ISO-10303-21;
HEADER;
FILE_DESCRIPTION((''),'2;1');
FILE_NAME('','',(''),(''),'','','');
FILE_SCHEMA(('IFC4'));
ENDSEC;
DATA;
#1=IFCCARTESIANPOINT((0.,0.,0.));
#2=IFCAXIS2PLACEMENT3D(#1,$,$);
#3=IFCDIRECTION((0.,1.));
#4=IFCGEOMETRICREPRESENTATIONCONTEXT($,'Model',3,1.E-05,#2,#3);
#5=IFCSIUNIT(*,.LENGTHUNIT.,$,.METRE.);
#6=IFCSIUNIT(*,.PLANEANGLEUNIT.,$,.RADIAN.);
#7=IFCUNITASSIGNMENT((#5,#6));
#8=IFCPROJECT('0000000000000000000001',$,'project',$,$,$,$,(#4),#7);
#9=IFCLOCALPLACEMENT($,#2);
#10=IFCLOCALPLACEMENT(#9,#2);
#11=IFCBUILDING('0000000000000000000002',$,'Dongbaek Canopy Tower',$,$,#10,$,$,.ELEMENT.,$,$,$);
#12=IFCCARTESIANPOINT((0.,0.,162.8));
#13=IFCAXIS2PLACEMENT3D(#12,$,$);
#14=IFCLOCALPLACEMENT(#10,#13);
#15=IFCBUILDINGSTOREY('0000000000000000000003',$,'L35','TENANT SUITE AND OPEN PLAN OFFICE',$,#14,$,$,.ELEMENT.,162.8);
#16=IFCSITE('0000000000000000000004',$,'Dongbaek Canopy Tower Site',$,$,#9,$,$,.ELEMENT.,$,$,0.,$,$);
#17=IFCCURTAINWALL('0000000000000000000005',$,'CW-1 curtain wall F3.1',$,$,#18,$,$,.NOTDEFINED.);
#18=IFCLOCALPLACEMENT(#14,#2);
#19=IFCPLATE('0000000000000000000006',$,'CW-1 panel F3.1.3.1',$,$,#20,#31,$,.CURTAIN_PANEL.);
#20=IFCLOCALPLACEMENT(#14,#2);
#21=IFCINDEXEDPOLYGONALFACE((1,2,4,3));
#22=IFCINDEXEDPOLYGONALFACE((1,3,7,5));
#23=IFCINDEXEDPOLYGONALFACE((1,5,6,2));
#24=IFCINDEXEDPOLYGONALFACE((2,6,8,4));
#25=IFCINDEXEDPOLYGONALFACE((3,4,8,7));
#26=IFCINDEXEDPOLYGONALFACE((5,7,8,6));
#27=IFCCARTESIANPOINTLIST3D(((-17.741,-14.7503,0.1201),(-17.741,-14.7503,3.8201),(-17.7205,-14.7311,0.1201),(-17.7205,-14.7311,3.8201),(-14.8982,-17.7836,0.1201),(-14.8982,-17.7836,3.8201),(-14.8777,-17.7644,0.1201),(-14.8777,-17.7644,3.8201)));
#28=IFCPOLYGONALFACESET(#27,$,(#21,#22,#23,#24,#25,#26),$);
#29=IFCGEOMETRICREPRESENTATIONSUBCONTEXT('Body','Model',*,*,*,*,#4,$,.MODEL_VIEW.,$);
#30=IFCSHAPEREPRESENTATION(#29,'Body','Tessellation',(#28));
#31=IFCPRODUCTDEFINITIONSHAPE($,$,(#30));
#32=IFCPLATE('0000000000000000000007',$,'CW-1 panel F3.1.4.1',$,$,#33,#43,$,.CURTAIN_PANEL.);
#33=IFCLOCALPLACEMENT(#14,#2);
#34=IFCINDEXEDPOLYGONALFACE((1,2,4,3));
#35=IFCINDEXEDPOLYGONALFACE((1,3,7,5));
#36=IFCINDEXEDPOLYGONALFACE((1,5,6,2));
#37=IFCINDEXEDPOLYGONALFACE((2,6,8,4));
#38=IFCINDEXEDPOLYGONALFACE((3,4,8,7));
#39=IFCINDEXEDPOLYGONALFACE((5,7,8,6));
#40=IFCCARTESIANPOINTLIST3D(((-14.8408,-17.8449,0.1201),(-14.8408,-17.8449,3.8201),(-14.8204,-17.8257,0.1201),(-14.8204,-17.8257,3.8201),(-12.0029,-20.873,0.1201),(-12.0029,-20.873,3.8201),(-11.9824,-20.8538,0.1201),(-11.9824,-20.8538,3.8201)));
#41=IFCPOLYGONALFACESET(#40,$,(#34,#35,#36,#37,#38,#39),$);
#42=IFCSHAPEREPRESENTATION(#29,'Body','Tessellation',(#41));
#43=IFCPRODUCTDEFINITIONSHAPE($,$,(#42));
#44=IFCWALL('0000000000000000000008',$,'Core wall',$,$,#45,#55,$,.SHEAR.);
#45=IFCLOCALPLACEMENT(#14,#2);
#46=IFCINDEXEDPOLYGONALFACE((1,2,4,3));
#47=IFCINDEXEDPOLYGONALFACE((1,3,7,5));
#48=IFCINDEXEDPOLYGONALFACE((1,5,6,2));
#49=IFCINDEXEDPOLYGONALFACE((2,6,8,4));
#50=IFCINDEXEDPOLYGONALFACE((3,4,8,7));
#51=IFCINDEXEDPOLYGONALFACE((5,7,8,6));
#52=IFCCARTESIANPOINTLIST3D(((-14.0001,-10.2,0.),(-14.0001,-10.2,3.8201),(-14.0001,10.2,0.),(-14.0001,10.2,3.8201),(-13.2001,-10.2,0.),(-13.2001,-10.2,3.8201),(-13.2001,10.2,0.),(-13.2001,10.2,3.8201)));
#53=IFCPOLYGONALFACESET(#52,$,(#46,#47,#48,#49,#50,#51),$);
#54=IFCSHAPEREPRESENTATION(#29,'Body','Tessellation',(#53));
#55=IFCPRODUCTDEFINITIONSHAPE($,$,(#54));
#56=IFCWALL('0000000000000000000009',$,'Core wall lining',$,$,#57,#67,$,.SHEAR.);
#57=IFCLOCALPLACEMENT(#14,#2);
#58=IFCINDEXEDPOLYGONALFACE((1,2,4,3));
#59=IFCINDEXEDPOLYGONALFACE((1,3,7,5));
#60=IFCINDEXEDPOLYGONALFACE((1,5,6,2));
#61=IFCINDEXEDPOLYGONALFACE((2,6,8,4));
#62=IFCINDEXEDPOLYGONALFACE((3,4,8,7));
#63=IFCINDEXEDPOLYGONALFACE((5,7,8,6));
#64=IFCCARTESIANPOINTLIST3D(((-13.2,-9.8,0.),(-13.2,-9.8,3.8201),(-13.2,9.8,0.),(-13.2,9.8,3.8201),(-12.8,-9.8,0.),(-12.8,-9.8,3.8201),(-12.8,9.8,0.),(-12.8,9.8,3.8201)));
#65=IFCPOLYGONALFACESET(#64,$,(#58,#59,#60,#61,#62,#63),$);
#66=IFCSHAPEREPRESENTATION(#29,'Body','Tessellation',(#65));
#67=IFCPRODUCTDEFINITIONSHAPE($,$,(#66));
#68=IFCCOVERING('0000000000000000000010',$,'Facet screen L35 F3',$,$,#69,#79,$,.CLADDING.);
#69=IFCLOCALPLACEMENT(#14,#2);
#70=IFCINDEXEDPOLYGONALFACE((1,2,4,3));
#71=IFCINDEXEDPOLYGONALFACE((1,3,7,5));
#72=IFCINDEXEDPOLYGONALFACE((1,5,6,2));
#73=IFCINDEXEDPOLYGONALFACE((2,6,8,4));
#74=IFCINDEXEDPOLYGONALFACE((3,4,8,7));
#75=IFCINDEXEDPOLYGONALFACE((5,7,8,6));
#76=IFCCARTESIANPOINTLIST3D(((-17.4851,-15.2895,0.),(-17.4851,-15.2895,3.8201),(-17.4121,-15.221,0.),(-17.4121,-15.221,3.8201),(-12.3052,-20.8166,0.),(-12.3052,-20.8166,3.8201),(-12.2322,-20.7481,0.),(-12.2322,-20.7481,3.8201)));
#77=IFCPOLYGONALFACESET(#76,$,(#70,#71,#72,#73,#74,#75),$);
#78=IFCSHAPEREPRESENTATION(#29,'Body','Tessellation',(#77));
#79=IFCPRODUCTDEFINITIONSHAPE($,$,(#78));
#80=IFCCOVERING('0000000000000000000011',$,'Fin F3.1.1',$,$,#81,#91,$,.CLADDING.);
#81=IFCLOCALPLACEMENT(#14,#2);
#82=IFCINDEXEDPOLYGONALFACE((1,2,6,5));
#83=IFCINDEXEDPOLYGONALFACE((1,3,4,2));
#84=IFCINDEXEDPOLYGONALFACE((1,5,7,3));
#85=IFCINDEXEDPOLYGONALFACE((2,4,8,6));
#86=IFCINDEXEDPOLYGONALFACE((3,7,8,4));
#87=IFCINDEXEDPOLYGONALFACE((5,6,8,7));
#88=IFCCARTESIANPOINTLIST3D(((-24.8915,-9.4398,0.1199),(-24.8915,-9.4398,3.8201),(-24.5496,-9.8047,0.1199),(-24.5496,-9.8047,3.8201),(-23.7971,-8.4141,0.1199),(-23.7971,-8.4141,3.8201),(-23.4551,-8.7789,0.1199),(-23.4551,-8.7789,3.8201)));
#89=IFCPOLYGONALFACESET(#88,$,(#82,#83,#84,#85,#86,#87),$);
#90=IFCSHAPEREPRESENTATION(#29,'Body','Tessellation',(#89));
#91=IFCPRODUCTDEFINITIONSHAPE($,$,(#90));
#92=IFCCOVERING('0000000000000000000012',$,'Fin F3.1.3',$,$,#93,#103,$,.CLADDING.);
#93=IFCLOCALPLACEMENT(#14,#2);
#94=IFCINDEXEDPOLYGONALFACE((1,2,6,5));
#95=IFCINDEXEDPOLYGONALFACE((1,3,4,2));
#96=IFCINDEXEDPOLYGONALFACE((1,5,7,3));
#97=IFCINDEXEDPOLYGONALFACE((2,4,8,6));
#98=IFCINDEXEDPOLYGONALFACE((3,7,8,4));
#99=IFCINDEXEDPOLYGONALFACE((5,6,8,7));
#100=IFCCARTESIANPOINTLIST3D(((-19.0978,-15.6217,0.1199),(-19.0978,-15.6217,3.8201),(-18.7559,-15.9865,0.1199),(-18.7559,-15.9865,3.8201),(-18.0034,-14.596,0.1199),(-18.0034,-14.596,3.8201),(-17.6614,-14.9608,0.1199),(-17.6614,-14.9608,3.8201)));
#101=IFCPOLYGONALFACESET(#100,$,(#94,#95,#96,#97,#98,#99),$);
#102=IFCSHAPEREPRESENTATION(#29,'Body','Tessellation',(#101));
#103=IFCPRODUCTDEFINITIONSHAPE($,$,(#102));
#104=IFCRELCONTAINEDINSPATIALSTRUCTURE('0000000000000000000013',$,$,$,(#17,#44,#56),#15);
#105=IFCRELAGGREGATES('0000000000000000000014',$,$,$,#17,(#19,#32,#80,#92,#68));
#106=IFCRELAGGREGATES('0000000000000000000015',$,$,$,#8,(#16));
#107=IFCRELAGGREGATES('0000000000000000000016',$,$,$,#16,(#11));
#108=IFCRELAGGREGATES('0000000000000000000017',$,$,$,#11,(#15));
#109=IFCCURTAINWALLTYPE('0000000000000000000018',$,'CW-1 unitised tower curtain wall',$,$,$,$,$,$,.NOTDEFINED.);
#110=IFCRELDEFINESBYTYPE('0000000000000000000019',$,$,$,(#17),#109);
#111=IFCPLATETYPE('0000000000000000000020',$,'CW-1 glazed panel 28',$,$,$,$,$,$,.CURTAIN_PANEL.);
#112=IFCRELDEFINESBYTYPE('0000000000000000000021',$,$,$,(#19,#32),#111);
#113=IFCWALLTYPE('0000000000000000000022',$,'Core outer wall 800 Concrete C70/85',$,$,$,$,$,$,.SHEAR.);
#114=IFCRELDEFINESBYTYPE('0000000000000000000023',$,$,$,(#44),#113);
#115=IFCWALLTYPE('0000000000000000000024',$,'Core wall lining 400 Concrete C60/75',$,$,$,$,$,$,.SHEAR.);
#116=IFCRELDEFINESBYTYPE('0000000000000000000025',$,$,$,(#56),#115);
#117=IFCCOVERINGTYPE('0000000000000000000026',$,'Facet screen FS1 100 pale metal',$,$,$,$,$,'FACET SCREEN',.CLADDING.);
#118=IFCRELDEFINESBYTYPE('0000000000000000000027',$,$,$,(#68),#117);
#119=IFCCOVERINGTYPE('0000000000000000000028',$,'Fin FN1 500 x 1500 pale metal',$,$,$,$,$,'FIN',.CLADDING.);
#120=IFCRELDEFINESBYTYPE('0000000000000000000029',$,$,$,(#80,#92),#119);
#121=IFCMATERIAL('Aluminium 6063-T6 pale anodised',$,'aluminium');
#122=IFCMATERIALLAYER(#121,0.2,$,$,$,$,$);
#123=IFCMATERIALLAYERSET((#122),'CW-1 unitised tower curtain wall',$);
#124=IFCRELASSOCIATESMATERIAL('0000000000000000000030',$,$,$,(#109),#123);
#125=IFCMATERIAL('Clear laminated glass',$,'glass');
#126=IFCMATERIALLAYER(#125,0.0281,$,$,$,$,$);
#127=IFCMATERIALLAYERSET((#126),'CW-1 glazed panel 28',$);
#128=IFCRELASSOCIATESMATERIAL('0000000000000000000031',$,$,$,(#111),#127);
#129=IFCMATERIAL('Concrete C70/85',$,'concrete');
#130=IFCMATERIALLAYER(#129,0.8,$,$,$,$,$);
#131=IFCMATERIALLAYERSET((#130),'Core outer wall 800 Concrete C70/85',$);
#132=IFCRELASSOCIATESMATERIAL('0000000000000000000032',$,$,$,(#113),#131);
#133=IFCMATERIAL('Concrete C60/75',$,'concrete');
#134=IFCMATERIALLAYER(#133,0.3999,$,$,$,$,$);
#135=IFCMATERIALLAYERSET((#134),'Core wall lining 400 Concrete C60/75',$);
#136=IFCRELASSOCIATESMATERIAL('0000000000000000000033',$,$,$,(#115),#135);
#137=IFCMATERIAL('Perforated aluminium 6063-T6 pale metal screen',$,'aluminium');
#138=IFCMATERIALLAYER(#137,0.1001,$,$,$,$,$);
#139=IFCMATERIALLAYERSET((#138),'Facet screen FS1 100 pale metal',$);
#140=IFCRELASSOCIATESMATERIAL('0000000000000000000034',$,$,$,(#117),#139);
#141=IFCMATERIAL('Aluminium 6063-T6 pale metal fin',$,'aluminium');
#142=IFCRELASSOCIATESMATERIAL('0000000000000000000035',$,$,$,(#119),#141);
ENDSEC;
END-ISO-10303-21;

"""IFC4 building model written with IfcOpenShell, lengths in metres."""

from ifc_helpers import new_model, si_unit, direction, frame, frame_2d, origin, origin_2d, place, context, subcontext, project, spatial, rectangle, extrude, material, layer, layer_set, material_profile, profile_set, type_object, element, aggregate, save


model = new_model("IFC4")

# Units and contexts
model_context = context("Model", 3, precision=1e-05, world=origin(), true_north=direction((0.0, 1.0)))
body_context = subcontext(model_context, "Body", "Model", "MODEL_VIEW")
ifc_project = project(units=[si_unit("LENGTHUNIT", "METRE"), si_unit("PLANEANGLEUNIT", "RADIAN")], contexts=[model_context])

# Site, building, storey
site_placement = place(None, origin())
site = spatial("IfcSite", under=ifc_project, at=site_placement, Name="Dongbaek Canopy Tower Site", CompositionType="ELEMENT", RefElevation=0.0)
building_placement = place(site_placement, origin())
building = spatial("IfcBuilding", under=site, at=building_placement, Name="Dongbaek Canopy Tower", CompositionType="ELEMENT")
storey_placement = place(building_placement, frame((0.0, 0.0, 162.8)))
storey = spatial("IfcBuildingStorey", under=building, at=storey_placement, Name="L35", Description="TENANT SUITE AND OPEN PLAN OFFICE", CompositionType="ELEMENT", Elevation=162.8)

# Curtain wall
ifc_material_1 = material(Name="Aluminium 6063-T6 pale anodised", Category="aluminium")
ifc_layer_1 = layer(ifc_material_1, 0.2)
ifc_layer_set_1 = layer_set([ifc_layer_1], Name="CW-1 unitised tower curtain wall")
curtain_wall_type = type_object("IfcCurtainWallType", Name="CW-1 unitised tower curtain wall", PredefinedType="NOTDEFINED", material=ifc_layer_set_1)
curtain_wall_1_placement = place(storey_placement, origin())
curtain_wall_1 = element("IfcCurtainWall", 1, at=curtain_wall_1_placement, inside=storey, type_object=curtain_wall_type, Name="CW-1 curtain wall F3.1", PredefinedType="NOTDEFINED")

# Plates
ifc_material_2 = material(Name="Clear laminated glass", Category="glass")
ifc_layer_2 = layer(ifc_material_2, 0.0281)
ifc_layer_set_2 = layer_set([ifc_layer_2], Name="CW-1 glazed panel 28")
plate_type = type_object("IfcPlateType", Name="CW-1 glazed panel 28", PredefinedType="CURTAIN_PANEL", material=ifc_layer_set_2)
plate_1_placement = place(storey_placement, frame((-16.3093, -16.2573, 0.1201), z_axis=(0.0, 0.0, 1.0), x_axis=(0.683822, -0.729649, 0.0)))
plate_1 = element("IfcPlate", 2, at=plate_1_placement, type_object=plate_type, Name="CW-1 panel F3.1.3.1", PredefinedType="CURTAIN_PANEL", context=body_context, shape_type="SweptSolid", body=[
    extrude(rectangle(XDim=4.1572, YDim=0.0281, at=origin_2d()), origin(), (0.0, 0.0, 1.0), 3.7),
])
plate_2_placement = place(storey_placement, frame((-13.4116, -19.3494, 0.1201), z_axis=(0.0, 0.0, 1.0), x_axis=(0.683822, -0.729649, 0.0)))
plate_2 = element("IfcPlate", 3, at=plate_2_placement, type_object=plate_type, Name="CW-1 panel F3.1.4.1", PredefinedType="CURTAIN_PANEL", context=body_context, shape_type="SweptSolid", body=[
    extrude(rectangle(XDim=4.1501, YDim=0.0281, at=origin_2d()), origin(), (0.0, 0.0, 1.0), 3.7),
])

# Walls
ifc_material_3 = material(Name="Concrete C70/85", Category="concrete")
ifc_layer_3 = layer(ifc_material_3, 0.8)
ifc_layer_set_3 = layer_set([ifc_layer_3], Name="Core outer wall 800 Concrete C70/85")
wall_type_1 = type_object("IfcWallType", Name="Core outer wall 800 Concrete C70/85", PredefinedType="SHEAR", material=ifc_layer_set_3)
wall_1_placement = place(storey_placement, frame((-13.6001, -10.2, 0.0), z_axis=(0.0, 0.0, 1.0), x_axis=(0.0, 1.0, 0.0)))
element("IfcWall", 4, at=wall_1_placement, inside=storey, type_object=wall_type_1, Name="Core wall", PredefinedType="SHEAR", context=body_context, shape_type="SweptSolid", body=[
    extrude(rectangle(XDim=20.3999, YDim=0.8, at=frame_2d((10.2, 0.0))), origin(), (0.0, 0.0, 1.0), 3.8201),
])
ifc_material_4 = material(Name="Concrete C60/75", Category="concrete")
ifc_layer_4 = layer(ifc_material_4, 0.3999)
ifc_layer_set_4 = layer_set([ifc_layer_4], Name="Core wall lining 400 Concrete C60/75")
wall_type_2 = type_object("IfcWallType", Name="Core wall lining 400 Concrete C60/75", PredefinedType="SHEAR", material=ifc_layer_set_4)
wall_2_placement = place(storey_placement, frame((-13.0, -9.8, 0.0), z_axis=(0.0, 0.0, 1.0), x_axis=(0.0, 1.0, 0.0)))
element("IfcWall", 5, at=wall_2_placement, inside=storey, type_object=wall_type_2, Name="Core wall lining", PredefinedType="SHEAR", context=body_context, shape_type="SweptSolid", body=[
    extrude(rectangle(XDim=19.6001, YDim=0.3999, at=frame_2d((9.8, 0.0))), origin(), (0.0, 0.0, 1.0), 3.8201),
])

# Coverings
ifc_material_5 = material(Name="Perforated aluminium 6063-T6 pale metal screen", Category="aluminium")
ifc_layer_5 = layer(ifc_material_5, 0.1001)
ifc_layer_set_5 = layer_set([ifc_layer_5], Name="Facet screen FS1 100 pale metal")
covering_type_1 = type_object("IfcCoveringType", Name="Facet screen FS1 100 pale metal", ElementType="FACET SCREEN", PredefinedType="CLADDING", material=ifc_layer_set_5)
covering_1_placement = place(storey_placement, frame((-14.8586, -18.0188, 0.0), z_axis=(0.0, 0.0, 1.0), x_axis=(0.683822, -0.729649, 0.0)))
covering_1 = element("IfcCovering", 6, at=covering_1_placement, type_object=covering_type_1, Name="Facet screen L35 F3", PredefinedType="CLADDING", context=body_context, shape_type="SweptSolid", body=[
    extrude(rectangle(XDim=7.575, YDim=0.1001, at=origin_2d()), origin(), (0.0, 0.0, 1.0), 3.8201),
])
ifc_material_6 = material(Name="Aluminium 6063-T6 pale metal fin", Category="aluminium")
ifc_material_profile_1 = material_profile(ifc_material_6, rectangle(XDim=1.5, YDim=0.5, at=origin_2d()), Name="Fin FN1 500 x 1500 pale metal")
ifc_profile_set_1 = profile_set([ifc_material_profile_1], Name="Aluminium 6063-T6 pale metal fin")
covering_type_2 = type_object("IfcCoveringType", Name="Fin FN1 500 x 1500 pale metal", ElementType="FIN", PredefinedType="CLADDING", material=ifc_profile_set_1)
covering_2_placement = place(storey_placement, frame((-24.1733, -9.1094, 0.1199), z_axis=(0.0, 0.0, 1.0), x_axis=(-0.729649, -0.683822, 0.0)))
covering_2 = element("IfcCovering", 7, at=covering_2_placement, type_object=covering_type_2, Name="Fin F3.1.1", PredefinedType="CLADDING", context=body_context, shape_type="SweptSolid", body=[
    extrude(rectangle(XDim=1.5, YDim=0.5, at=origin_2d()), origin(), (0.0, 0.0, 1.0), 3.7002),
])
covering_3_placement = place(storey_placement, frame((-18.3796, -15.2913, 0.1199), z_axis=(0.0, 0.0, 1.0), x_axis=(-0.729649, -0.683822, 0.0)))
covering_3 = element("IfcCovering", 8, at=covering_3_placement, type_object=covering_type_2, Name="Fin F3.1.3", PredefinedType="CLADDING", context=body_context, shape_type="SweptSolid", body=[
    extrude(rectangle(XDim=1.5, YDim=0.5, at=origin_2d()), origin(), (0.0, 0.0, 1.0), 3.7002),
])
aggregate(curtain_wall_1, [plate_1, plate_2, covering_2, covering_3, covering_1])

save(model, "model.ifc")
